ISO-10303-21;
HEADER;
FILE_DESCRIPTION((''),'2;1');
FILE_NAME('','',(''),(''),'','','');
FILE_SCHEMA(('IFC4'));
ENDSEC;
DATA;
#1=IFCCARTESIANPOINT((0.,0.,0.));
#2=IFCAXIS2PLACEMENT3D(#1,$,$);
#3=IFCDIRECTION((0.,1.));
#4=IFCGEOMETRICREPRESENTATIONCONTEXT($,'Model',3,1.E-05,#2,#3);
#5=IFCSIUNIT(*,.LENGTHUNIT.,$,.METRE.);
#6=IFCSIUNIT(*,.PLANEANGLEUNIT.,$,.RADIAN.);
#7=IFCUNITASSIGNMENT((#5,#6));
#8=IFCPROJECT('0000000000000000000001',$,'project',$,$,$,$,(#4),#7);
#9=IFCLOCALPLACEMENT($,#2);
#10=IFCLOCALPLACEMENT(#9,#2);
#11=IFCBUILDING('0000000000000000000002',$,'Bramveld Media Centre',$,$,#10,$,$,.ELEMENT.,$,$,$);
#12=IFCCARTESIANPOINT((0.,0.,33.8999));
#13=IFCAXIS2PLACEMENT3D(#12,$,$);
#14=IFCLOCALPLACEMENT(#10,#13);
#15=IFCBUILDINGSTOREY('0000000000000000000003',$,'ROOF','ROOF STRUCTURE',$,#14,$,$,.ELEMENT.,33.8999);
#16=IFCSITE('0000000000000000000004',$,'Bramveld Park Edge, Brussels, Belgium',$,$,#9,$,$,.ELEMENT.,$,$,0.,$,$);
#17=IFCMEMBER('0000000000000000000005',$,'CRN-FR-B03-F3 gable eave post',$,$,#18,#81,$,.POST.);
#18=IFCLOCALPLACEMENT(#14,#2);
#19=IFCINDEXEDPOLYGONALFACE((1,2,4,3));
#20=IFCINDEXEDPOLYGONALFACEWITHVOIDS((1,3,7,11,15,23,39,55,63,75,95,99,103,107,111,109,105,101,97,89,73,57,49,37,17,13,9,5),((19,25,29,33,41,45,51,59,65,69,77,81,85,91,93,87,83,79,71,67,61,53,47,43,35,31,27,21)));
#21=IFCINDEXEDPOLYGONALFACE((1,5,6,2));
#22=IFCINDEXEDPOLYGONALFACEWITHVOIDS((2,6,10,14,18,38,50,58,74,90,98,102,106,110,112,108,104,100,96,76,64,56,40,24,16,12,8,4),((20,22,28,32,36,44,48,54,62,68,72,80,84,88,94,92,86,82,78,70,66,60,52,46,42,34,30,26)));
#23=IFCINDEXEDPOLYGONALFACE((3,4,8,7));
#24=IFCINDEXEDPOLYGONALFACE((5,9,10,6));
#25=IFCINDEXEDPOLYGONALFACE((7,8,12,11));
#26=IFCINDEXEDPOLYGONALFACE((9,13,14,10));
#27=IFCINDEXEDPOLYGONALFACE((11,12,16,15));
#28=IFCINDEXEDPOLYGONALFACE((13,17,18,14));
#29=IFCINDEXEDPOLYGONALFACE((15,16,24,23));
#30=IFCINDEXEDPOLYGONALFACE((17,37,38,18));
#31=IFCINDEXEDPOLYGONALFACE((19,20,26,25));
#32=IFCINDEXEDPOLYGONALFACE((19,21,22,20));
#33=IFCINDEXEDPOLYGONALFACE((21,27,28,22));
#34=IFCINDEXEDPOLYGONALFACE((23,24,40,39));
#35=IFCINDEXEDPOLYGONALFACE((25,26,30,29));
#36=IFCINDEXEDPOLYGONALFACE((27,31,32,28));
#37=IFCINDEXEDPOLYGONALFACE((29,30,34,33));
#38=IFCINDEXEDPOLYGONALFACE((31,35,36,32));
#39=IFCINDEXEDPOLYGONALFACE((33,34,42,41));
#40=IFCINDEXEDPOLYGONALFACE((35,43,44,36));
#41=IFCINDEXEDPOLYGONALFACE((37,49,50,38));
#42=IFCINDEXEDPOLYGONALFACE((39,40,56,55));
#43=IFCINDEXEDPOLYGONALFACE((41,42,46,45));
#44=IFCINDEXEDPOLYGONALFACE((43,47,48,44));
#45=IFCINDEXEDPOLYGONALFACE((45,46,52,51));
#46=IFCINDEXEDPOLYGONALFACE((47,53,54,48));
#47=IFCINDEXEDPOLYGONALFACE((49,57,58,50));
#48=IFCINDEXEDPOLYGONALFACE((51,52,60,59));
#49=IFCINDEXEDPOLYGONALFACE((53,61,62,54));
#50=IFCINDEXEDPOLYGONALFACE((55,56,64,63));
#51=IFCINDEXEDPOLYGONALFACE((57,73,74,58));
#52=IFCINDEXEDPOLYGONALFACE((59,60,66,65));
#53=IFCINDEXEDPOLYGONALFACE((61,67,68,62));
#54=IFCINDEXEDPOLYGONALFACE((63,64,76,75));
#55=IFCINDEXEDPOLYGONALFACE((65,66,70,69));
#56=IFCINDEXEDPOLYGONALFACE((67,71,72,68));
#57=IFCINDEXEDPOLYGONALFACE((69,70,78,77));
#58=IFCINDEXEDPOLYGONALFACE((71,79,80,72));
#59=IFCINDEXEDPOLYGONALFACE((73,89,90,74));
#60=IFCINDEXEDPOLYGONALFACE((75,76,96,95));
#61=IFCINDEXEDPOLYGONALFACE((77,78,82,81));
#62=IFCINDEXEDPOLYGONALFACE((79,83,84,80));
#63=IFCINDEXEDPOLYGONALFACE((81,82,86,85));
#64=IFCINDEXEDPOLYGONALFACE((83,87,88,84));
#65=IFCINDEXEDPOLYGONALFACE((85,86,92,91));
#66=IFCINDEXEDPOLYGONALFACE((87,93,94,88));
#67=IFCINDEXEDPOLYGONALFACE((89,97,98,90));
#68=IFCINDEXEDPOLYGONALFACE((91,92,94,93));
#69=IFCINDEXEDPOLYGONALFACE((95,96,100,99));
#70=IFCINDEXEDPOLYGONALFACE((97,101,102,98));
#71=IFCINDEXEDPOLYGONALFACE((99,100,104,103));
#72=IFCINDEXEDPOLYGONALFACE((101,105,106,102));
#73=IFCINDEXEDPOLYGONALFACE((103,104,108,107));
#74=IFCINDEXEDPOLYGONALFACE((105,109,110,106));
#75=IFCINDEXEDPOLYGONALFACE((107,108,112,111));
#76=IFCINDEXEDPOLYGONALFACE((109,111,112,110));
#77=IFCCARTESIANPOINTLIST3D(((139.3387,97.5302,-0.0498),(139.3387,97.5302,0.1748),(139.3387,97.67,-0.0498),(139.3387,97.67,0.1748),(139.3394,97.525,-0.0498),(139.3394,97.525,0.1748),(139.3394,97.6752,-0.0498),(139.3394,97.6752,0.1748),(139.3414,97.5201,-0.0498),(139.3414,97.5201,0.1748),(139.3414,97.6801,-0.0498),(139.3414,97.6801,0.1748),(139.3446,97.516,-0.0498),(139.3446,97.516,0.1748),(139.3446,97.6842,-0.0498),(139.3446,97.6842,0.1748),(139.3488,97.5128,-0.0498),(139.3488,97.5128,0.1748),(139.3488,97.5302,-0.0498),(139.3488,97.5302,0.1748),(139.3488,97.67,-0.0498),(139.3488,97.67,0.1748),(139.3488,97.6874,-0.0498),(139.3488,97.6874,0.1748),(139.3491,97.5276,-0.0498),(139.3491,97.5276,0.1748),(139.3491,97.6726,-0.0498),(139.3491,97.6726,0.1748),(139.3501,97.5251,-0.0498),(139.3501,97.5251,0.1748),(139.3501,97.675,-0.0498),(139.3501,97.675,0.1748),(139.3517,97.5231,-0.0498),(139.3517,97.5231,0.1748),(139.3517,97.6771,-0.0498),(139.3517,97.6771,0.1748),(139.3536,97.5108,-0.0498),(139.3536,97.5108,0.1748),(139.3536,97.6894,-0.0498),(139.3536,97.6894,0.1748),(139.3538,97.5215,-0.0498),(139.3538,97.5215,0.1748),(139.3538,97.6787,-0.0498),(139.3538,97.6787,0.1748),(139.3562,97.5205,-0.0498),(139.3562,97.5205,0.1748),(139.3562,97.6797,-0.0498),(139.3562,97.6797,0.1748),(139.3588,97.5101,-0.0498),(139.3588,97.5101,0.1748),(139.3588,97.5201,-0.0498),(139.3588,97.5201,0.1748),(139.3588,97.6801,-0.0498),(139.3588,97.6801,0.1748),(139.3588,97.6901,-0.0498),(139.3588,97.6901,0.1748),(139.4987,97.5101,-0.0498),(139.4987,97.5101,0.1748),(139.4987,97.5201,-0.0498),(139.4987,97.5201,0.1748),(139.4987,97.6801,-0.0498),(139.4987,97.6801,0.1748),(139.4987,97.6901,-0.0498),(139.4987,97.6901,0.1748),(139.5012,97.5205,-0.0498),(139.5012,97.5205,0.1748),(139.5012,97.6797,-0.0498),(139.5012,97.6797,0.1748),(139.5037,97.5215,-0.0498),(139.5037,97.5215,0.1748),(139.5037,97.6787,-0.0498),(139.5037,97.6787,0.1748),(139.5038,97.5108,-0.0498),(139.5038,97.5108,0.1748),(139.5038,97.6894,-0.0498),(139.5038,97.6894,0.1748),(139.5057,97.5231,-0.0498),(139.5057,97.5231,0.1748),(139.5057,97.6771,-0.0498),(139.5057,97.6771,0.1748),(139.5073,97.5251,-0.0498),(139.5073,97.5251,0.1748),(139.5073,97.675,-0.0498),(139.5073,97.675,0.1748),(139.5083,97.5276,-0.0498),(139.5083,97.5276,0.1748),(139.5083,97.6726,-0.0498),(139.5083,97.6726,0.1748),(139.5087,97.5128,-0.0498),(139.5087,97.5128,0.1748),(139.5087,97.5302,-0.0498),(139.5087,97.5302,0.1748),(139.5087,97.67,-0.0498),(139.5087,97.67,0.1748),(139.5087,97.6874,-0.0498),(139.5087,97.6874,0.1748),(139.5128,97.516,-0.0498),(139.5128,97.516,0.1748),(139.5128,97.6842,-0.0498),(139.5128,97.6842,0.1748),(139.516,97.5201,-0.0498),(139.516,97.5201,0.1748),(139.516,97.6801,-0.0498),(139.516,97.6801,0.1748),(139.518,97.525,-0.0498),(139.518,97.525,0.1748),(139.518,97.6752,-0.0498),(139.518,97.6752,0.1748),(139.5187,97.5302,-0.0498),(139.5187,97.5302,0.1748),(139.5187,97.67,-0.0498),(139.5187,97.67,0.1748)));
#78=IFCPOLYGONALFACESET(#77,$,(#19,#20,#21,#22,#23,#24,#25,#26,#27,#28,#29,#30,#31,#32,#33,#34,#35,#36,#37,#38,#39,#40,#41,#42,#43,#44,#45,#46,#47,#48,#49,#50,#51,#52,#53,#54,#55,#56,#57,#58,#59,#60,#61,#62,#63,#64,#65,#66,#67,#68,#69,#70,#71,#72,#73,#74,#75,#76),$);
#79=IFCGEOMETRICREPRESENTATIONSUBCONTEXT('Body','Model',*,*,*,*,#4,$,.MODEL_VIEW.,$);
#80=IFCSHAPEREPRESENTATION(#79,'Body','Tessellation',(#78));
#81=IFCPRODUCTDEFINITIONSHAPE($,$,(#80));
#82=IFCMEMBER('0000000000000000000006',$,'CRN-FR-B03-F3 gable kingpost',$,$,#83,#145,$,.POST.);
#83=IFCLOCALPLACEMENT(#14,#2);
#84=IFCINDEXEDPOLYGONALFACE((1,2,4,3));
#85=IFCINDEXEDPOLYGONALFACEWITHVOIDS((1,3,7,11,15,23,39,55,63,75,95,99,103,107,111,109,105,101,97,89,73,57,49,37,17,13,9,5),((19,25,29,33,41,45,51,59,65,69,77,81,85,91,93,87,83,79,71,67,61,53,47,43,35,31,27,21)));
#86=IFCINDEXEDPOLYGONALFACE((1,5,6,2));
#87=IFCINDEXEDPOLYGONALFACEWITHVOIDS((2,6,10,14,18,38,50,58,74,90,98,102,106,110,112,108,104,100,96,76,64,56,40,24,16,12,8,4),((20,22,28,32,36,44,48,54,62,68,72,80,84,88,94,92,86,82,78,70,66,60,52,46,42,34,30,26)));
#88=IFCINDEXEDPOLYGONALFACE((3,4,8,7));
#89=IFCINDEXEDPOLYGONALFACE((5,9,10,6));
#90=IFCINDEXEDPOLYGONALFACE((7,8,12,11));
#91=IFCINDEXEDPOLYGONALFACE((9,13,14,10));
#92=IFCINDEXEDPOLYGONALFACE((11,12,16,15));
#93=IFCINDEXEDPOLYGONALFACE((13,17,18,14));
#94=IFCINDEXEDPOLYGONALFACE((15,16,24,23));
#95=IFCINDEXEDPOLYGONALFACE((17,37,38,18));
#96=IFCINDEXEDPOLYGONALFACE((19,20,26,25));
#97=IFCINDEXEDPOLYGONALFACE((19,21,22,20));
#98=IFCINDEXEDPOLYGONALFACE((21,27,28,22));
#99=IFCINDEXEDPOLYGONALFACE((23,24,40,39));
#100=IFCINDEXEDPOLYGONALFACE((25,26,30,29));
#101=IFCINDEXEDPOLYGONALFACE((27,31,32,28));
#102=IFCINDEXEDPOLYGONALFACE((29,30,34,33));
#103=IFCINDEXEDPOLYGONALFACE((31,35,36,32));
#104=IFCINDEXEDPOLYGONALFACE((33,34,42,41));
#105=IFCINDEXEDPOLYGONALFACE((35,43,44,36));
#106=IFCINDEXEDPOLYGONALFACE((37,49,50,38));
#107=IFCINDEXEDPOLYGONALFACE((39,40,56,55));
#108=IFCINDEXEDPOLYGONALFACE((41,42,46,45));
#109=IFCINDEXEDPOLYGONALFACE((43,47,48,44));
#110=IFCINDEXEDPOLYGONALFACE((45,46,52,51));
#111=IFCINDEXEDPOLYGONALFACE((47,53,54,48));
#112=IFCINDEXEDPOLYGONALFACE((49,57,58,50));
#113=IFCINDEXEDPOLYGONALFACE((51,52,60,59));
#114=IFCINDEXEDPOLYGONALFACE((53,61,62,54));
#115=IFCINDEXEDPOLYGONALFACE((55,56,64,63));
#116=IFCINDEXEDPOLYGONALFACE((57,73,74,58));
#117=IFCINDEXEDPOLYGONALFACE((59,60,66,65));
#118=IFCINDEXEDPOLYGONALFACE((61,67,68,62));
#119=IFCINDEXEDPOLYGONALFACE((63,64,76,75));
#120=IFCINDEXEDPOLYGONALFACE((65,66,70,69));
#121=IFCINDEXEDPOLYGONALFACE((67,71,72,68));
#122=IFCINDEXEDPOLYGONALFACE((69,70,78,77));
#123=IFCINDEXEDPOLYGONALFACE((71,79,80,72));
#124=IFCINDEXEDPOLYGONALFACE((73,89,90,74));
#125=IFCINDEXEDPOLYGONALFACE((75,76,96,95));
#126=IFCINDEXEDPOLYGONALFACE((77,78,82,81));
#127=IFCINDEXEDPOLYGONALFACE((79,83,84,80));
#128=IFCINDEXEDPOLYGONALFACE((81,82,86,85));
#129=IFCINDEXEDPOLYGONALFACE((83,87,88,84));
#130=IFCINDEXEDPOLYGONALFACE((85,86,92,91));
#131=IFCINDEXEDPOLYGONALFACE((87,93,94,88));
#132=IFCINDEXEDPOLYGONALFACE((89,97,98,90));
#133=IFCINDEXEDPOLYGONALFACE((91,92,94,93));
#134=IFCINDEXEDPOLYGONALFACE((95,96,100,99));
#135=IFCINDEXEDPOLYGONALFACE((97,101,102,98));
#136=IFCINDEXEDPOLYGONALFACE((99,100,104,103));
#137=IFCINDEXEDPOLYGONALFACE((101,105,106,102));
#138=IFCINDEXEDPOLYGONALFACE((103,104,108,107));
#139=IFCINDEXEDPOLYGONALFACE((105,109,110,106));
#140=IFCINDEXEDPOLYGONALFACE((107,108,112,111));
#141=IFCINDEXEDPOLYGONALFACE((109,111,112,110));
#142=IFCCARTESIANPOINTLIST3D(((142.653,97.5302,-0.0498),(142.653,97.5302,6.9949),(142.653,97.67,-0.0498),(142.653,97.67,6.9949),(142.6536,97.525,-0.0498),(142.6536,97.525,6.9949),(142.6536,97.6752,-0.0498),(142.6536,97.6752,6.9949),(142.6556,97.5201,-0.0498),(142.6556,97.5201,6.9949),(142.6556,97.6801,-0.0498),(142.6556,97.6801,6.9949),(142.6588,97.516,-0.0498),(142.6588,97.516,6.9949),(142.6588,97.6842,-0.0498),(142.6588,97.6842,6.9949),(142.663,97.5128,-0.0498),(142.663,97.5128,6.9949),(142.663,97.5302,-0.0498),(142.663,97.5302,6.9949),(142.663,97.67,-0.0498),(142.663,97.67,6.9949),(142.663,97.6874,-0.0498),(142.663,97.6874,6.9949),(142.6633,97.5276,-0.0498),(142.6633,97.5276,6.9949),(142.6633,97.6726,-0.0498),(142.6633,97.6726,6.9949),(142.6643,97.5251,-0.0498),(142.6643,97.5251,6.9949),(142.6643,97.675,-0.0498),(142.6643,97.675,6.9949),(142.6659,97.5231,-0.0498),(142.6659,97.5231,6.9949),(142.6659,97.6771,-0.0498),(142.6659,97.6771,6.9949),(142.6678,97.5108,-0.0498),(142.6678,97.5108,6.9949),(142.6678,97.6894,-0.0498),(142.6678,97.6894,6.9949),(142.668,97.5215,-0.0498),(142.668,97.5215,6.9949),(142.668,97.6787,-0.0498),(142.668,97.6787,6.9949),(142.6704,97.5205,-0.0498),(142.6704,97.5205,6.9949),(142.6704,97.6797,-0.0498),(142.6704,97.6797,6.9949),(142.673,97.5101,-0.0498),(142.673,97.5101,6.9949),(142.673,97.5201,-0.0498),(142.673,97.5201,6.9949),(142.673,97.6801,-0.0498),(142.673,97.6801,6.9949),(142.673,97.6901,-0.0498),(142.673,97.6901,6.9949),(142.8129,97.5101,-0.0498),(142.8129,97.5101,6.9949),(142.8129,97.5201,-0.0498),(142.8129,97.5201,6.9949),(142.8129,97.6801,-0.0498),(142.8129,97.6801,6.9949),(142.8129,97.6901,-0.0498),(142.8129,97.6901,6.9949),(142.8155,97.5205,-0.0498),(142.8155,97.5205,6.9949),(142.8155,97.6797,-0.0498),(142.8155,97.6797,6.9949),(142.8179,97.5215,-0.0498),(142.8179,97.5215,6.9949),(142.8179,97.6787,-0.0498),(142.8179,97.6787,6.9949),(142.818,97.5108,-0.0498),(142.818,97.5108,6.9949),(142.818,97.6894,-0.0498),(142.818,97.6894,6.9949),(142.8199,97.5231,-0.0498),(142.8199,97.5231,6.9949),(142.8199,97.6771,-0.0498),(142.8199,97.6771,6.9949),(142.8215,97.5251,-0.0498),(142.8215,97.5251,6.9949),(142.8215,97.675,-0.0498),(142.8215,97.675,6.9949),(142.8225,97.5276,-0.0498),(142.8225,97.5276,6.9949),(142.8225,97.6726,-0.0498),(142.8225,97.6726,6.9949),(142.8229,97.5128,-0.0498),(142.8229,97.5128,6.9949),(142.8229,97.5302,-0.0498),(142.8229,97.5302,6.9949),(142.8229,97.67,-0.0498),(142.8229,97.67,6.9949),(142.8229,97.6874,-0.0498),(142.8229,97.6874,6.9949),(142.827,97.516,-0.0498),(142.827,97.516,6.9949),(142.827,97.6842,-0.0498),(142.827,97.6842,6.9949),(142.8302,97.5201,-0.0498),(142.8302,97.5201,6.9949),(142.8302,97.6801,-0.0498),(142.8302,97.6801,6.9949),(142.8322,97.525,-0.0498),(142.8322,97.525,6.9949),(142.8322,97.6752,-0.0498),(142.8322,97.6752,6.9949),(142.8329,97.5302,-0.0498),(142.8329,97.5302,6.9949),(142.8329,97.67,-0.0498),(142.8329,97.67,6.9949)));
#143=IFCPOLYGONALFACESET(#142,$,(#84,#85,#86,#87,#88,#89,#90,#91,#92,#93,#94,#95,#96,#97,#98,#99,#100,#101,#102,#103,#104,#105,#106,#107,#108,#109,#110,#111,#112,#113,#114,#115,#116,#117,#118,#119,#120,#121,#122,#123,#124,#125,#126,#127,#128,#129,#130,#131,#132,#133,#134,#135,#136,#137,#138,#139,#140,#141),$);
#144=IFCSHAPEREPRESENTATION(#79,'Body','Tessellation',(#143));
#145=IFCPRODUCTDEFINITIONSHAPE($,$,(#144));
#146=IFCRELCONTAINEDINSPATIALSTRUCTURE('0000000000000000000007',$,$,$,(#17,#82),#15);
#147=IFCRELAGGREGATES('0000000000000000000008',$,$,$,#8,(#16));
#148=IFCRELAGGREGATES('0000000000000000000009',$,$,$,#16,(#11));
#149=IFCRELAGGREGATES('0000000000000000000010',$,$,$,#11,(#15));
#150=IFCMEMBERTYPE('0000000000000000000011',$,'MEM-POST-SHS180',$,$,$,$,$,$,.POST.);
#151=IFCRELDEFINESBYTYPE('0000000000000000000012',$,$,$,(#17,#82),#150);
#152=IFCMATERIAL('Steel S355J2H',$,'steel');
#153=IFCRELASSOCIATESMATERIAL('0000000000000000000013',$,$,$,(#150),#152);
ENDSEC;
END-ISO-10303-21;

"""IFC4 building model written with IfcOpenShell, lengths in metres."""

from ifc_helpers import new_model, si_unit, direction, frame, origin, origin_2d, place, context, subcontext, project, spatial, hollow_rectangle, extrude, material, material_profile, profile_set, type_object, element, save


model = new_model("IFC4")

# Units and contexts
model_context = context("Model", 3, precision=1e-05, world=origin(), true_north=direction((0.0, 1.0)))
body_context = subcontext(model_context, "Body", "Model", "MODEL_VIEW")
ifc_project = project(units=[si_unit("LENGTHUNIT", "METRE"), si_unit("PLANEANGLEUNIT", "RADIAN")], contexts=[model_context])

# Site, building, storey
site_placement = place(None, origin())
site = spatial("IfcSite", under=ifc_project, at=site_placement, Name="Bramveld Park Edge, Brussels, Belgium", CompositionType="ELEMENT", RefElevation=0.0)
building_placement = place(site_placement, origin())
building = spatial("IfcBuilding", under=site, at=building_placement, Name="Bramveld Media Centre", CompositionType="ELEMENT")
storey_placement = place(building_placement, frame((0.0, 0.0, 33.8999)))
storey = spatial("IfcBuildingStorey", under=building, at=storey_placement, Name="ROOF", Description="ROOF STRUCTURE", CompositionType="ELEMENT", Elevation=33.8999)

# Members
ifc_material_1 = material(Name="Steel S355J2H", Category="steel")
ifc_material_profile_1 = material_profile(ifc_material_1, hollow_rectangle(XDim=0.1799, YDim=0.1799, WallThickness=0.01, InnerFilletRadius=0.01, OuterFilletRadius=0.02, at=origin_2d()), Name="SHS 180x180x10")
ifc_profile_set_1 = profile_set([ifc_material_profile_1], Name="Steel S355J2H")
member_type_1 = type_object("IfcMemberType", Name="MEM-POST-SHS180", PredefinedType="POST", material=ifc_profile_set_1)
member_1_placement = place(storey_placement, frame((139.4287, 97.6001, -0.0498), z_axis=(0.0, 0.0, 1.0), x_axis=(1.0, 0.0, 0.0)))
element("IfcMember", 1, at=member_1_placement, inside=storey, type_object=member_type_1, Name="CRN-FR-B03-F3 gable eave post", PredefinedType="POST", context=body_context, shape_type="SweptSolid", body=[
    extrude(hollow_rectangle(XDim=0.1799, YDim=0.1799, WallThickness=0.01, InnerFilletRadius=0.01, OuterFilletRadius=0.02, at=origin_2d()), origin(), (0.0, 0.0, 1.0), 0.2246),
])
member_2_placement = place(storey_placement, frame((142.7429, 97.6001, -0.0498), z_axis=(0.0, 0.0, 1.0), x_axis=(1.0, 0.0, 0.0)))
element("IfcMember", 2, at=member_2_placement, inside=storey, type_object=member_type_1, Name="CRN-FR-B03-F3 gable kingpost", PredefinedType="POST", context=body_context, shape_type="SweptSolid", body=[
    extrude(hollow_rectangle(XDim=0.1799, YDim=0.1799, WallThickness=0.01, InnerFilletRadius=0.01, OuterFilletRadius=0.02, at=origin_2d()), origin(), (0.0, 0.0, 1.0), 7.0447),
])

save(model, "model.ifc")
